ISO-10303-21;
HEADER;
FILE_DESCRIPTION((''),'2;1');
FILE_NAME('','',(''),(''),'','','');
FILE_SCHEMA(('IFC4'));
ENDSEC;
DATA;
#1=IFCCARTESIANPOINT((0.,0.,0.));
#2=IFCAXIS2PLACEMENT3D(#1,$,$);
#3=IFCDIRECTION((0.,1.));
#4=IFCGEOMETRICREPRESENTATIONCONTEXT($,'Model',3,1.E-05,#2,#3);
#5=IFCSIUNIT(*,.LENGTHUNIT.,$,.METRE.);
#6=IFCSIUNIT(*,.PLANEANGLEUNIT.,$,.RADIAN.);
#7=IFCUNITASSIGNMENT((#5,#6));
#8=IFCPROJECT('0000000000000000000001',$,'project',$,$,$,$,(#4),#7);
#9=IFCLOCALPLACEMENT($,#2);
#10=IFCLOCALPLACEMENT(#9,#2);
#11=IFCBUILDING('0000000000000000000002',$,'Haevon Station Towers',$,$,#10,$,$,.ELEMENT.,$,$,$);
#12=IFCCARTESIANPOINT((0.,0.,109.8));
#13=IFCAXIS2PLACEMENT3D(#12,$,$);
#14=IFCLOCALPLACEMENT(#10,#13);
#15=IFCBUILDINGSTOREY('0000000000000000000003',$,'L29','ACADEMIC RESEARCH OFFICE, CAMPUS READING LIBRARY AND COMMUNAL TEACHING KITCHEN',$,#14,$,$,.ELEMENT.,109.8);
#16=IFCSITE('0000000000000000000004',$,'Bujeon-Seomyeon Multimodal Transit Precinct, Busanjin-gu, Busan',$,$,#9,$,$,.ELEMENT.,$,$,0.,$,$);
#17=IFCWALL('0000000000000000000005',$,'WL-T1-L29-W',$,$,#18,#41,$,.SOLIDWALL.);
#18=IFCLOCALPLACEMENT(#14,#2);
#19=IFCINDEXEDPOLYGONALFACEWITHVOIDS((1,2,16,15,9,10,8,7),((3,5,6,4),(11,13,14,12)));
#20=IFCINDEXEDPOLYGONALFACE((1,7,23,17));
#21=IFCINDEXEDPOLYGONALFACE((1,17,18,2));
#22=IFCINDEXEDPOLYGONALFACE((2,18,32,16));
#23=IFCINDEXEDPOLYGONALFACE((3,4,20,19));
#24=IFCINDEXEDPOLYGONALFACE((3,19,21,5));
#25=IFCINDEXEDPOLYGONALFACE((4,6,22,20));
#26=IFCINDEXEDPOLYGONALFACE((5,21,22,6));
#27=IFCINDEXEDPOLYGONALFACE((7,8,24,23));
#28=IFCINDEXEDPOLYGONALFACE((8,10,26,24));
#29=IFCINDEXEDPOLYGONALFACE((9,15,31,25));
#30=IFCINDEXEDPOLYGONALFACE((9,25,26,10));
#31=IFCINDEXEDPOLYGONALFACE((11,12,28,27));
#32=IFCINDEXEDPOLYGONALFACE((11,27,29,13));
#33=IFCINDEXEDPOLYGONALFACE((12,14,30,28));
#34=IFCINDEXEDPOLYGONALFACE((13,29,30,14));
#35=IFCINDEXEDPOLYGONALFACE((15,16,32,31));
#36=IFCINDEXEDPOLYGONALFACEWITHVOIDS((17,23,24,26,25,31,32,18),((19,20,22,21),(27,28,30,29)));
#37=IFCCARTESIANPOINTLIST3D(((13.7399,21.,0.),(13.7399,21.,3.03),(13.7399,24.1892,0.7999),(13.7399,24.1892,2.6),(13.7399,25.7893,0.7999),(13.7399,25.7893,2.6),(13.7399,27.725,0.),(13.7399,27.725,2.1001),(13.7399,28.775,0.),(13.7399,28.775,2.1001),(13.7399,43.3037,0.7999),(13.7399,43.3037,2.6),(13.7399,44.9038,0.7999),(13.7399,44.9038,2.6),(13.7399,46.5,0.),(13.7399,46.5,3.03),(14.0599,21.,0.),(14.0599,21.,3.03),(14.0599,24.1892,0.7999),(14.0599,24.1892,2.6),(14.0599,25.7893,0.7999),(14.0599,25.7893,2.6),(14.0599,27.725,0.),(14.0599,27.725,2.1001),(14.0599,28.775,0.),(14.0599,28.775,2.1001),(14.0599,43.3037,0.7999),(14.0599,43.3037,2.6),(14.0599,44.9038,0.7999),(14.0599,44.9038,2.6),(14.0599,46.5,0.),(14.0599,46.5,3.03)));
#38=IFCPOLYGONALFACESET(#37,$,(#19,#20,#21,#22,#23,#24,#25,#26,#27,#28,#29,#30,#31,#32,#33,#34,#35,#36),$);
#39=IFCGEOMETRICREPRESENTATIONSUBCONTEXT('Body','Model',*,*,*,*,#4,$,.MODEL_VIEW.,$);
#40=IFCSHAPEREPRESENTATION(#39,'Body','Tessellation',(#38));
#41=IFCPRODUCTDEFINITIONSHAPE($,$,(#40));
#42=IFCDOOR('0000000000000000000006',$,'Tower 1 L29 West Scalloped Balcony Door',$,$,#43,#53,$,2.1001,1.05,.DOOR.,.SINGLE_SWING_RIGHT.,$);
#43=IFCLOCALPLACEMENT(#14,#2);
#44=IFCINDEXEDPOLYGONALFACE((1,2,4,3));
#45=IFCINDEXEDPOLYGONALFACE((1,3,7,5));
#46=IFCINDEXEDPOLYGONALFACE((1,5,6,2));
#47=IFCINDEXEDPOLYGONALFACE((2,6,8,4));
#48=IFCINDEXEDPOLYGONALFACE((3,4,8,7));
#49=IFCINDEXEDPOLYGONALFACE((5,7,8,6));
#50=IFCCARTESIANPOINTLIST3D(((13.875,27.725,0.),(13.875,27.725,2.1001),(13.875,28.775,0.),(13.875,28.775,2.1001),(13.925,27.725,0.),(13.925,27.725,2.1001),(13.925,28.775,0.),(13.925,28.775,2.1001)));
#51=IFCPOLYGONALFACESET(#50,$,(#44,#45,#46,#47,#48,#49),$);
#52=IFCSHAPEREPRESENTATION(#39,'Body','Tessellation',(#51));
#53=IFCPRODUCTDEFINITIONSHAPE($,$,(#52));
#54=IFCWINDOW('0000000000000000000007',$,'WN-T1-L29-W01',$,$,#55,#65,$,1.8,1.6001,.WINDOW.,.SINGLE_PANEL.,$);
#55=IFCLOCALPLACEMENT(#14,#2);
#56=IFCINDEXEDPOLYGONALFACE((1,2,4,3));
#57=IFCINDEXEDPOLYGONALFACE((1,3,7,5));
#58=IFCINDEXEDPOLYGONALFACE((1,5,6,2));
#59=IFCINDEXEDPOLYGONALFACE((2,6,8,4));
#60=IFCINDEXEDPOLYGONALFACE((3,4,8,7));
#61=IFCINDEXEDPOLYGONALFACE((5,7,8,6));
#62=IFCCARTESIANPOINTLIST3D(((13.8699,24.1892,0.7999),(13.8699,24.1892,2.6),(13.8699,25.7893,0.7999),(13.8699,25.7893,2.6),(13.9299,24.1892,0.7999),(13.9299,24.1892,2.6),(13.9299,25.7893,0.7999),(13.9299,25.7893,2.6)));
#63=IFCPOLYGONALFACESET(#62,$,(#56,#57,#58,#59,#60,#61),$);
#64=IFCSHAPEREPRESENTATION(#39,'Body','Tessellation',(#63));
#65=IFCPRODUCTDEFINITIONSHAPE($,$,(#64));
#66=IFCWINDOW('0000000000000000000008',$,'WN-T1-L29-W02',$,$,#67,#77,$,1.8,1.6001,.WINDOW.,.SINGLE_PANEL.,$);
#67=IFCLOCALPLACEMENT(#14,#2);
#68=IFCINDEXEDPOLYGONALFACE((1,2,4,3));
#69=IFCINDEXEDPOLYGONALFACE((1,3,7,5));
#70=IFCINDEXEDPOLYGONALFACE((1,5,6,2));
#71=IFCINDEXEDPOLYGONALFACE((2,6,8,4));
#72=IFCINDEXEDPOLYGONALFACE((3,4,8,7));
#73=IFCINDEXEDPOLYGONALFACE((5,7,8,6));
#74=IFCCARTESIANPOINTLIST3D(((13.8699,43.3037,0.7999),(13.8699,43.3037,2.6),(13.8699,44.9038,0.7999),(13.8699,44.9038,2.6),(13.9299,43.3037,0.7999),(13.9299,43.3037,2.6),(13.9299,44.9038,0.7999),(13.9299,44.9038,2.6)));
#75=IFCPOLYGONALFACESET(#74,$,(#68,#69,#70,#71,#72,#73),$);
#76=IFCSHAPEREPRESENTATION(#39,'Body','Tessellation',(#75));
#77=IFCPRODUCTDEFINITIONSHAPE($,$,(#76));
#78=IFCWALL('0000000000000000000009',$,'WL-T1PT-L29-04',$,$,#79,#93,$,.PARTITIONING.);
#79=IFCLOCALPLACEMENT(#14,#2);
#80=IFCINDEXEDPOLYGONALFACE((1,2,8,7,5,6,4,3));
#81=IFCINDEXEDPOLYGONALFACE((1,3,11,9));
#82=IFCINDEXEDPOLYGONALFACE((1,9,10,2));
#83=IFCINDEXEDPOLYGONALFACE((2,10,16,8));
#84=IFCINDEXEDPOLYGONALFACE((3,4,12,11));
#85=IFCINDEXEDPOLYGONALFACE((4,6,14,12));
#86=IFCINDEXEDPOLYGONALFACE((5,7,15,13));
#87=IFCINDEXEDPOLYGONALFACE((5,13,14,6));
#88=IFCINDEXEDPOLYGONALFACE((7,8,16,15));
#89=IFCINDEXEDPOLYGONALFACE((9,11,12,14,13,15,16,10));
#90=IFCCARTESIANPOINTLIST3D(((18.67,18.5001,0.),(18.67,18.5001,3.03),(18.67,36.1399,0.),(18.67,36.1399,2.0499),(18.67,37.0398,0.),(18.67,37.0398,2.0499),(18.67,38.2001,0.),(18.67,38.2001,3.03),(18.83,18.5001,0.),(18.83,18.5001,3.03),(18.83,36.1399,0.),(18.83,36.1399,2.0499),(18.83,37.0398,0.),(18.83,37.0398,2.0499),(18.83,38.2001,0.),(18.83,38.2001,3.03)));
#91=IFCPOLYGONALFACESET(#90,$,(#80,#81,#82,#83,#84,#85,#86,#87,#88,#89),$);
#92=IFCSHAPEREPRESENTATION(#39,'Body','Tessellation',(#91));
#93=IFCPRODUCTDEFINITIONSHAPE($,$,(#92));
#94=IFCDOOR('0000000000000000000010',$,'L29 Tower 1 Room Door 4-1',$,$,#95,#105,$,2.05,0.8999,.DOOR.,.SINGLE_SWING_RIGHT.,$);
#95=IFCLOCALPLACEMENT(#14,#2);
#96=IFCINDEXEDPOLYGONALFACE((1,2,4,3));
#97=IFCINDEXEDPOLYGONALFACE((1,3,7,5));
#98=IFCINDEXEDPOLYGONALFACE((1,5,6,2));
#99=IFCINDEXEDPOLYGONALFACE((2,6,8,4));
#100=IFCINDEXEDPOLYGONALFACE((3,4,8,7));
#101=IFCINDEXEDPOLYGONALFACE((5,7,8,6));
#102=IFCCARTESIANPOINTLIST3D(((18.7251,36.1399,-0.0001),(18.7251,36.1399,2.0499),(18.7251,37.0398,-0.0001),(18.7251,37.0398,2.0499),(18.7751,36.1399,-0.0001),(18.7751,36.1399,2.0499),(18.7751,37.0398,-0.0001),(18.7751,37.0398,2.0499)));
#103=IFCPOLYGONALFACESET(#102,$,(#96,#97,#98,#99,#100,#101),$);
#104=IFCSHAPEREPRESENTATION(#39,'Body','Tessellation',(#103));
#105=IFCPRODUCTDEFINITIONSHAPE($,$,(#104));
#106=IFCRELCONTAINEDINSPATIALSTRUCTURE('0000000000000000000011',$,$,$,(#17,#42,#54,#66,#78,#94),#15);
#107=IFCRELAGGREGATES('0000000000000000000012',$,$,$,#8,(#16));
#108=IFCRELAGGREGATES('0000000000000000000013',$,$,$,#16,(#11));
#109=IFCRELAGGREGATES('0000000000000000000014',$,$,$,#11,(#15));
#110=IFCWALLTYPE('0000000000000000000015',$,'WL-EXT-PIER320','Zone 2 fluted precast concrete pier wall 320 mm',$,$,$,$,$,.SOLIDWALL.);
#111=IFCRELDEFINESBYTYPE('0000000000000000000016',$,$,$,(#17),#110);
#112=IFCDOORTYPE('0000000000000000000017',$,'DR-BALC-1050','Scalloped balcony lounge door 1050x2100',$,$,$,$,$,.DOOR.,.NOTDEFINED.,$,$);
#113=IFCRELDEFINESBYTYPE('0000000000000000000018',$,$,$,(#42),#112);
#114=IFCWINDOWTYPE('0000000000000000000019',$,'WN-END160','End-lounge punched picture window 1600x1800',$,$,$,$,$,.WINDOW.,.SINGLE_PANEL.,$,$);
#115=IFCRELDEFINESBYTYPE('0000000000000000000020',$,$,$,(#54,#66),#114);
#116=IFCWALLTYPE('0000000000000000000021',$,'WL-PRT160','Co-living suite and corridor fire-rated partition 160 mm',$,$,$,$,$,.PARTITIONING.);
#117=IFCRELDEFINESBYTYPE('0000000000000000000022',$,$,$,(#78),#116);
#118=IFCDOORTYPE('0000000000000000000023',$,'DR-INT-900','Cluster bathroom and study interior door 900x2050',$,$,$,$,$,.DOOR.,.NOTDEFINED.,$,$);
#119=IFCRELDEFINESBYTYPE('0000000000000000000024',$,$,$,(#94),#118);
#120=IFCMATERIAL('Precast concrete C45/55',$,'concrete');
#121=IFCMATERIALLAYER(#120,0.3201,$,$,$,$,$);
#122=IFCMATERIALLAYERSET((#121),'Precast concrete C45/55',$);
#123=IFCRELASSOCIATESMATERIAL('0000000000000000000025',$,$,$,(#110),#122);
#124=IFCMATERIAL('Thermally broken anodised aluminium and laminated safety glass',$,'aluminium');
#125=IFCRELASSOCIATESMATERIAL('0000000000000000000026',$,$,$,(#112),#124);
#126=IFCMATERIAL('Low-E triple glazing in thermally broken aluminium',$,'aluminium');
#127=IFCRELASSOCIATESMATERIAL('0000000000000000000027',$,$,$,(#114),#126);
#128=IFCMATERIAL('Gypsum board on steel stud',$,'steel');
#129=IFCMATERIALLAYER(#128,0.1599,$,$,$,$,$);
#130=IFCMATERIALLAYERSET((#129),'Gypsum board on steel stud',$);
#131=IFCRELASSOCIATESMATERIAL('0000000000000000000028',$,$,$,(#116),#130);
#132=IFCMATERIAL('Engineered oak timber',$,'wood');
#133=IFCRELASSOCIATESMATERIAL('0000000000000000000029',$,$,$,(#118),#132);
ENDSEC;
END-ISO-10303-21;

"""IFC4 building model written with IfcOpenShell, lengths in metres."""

from ifc_helpers import new_model, si_unit, direction, frame, frame_2d, origin, place, context, subcontext, project, spatial, rectangle, extrude, material, layer, layer_set, type_object, element, fill, save


model = new_model("IFC4")

# Units and contexts
model_context = context("Model", 3, precision=1e-05, world=origin(), true_north=direction((0.0, 1.0)))
body_context = subcontext(model_context, "Body", "Model", "MODEL_VIEW")
ifc_project = project(units=[si_unit("LENGTHUNIT", "METRE"), si_unit("PLANEANGLEUNIT", "RADIAN")], contexts=[model_context])

# Site, building, storey
site_placement = place(None, origin())
site = spatial("IfcSite", under=ifc_project, at=site_placement, Name="Bujeon-Seomyeon Multimodal Transit Precinct, Busanjin-gu, Busan", CompositionType="ELEMENT", RefElevation=0.0)
building_placement = place(site_placement, origin())
building = spatial("IfcBuilding", under=site, at=building_placement, Name="Haevon Station Towers", CompositionType="ELEMENT")
storey_placement = place(building_placement, frame((0.0, 0.0, 109.8)))
storey = spatial("IfcBuildingStorey", under=building, at=storey_placement, Name="L29", Description="ACADEMIC RESEARCH OFFICE, CAMPUS READING LIBRARY AND COMMUNAL TEACHING KITCHEN", CompositionType="ELEMENT", Elevation=109.8)

# Shared definitions
ifc_material_1 = material(Name="Gypsum board on steel stud", Category="steel")
ifc_material_2 = material(Name="Precast concrete C45/55", Category="concrete")
ifc_layer_1 = layer(ifc_material_2, 0.3201)
ifc_layer_set_1 = layer_set([ifc_layer_1], Name="Precast concrete C45/55")
wall_type_1 = type_object("IfcWallType", Name="WL-EXT-PIER320", Description="Zone 2 fluted precast concrete pier wall 320 mm", PredefinedType="SOLIDWALL", material=ifc_layer_set_1)

# Wall, openings, door, windows
wall_1_placement = place(storey_placement, frame((13.8999, 21.0, 0.0), z_axis=(0.0, 0.0, 1.0), x_axis=(0.0, 1.0, 0.0)))
wall_1 = element("IfcWall", 1, at=wall_1_placement, inside=storey, type_object=wall_type_1, Name="WL-T1-L29-W", PredefinedType="SOLIDWALL", context=body_context, shape_type="SweptSolid", body=[
    extrude(rectangle(XDim=25.5, YDim=0.3201, at=frame_2d((12.75, 0.0))), origin(), (0.0, 0.0, 1.0), 3.03),
])
opening_1_placement = place(wall_1_placement, frame((6.7251, 0.0, 0.0)))
opening_1 = element("IfcOpeningElement", 2, at=opening_1_placement, cuts=wall_1, PredefinedType="OPENING", context=body_context, shape_type="SweptSolid", body=[
    extrude(rectangle(XDim=1.05, YDim=2.1001, at=frame_2d((0.5249, 1.05))), frame((0.0, 0.1699, 0.0), z_axis=(0.0, -1.0, 0.0), x_axis=(1.0, 0.0, 0.0)), (0.0, 0.0, 1.0), 0.3401),
])
opening_2_placement = place(wall_1_placement, frame((3.1892, 0.0, 0.8)))
opening_2 = element("IfcOpeningElement", 3, at=opening_2_placement, cuts=wall_1, PredefinedType="OPENING", context=body_context, shape_type="SweptSolid", body=[
    extrude(rectangle(XDim=1.6001, YDim=1.8, at=frame_2d((0.8, 0.8999))), frame((0.0, 0.1699, 0.0), z_axis=(0.0, -1.0, 0.0), x_axis=(1.0, 0.0, 0.0)), (0.0, 0.0, 1.0), 0.3401),
])
opening_3_placement = place(wall_1_placement, frame((22.3037, 0.0, 0.8)))
opening_3 = element("IfcOpeningElement", 4, at=opening_3_placement, cuts=wall_1, PredefinedType="OPENING", context=body_context, shape_type="SweptSolid", body=[
    extrude(rectangle(XDim=1.6001, YDim=1.8, at=frame_2d((0.8, 0.8999))), frame((0.0, 0.1699, 0.0), z_axis=(0.0, -1.0, 0.0), x_axis=(1.0, 0.0, 0.0)), (0.0, 0.0, 1.0), 0.3401),
])
ifc_material_3 = material(Name="Thermally broken anodised aluminium and laminated safety glass", Category="aluminium")
door_type_1 = type_object("IfcDoorType", Name="DR-BALC-1050", Description="Scalloped balcony lounge door 1050x2100", OperationType="NOTDEFINED", PredefinedType="DOOR", material=ifc_material_3)
door_1_placement = place(opening_1_placement, origin())
door_1 = element("IfcDoor", 5, at=door_1_placement, inside=storey, type_object=door_type_1, Name="Tower 1 L29 West Scalloped Balcony Door", OperationType="SINGLE_SWING_RIGHT", OverallHeight=2.1001, OverallWidth=1.05, PredefinedType="DOOR", context=body_context, shape_type="SweptSolid", body=[
    extrude(rectangle(XDim=1.05, YDim=2.1001, at=frame_2d((0.5249, 1.05))), frame((0.0, 0.0249, 0.0), z_axis=(0.0, -1.0, 0.0), x_axis=(1.0, 0.0, 0.0)), (0.0, 0.0, 1.0), 0.05),
])
fill(opening_1, door_1)
ifc_material_4 = material(Name="Low-E triple glazing in thermally broken aluminium", Category="aluminium")
window_type = type_object("IfcWindowType", Name="WN-END160", Description="End-lounge punched picture window 1600x1800", PartitioningType="SINGLE_PANEL", PredefinedType="WINDOW", material=ifc_material_4)
window_1_placement = place(opening_2_placement, origin())
window_1 = element("IfcWindow", 6, at=window_1_placement, inside=storey, type_object=window_type, Name="WN-T1-L29-W01", OverallHeight=1.8, OverallWidth=1.6001, PartitioningType="SINGLE_PANEL", PredefinedType="WINDOW", context=body_context, shape_type="SweptSolid", body=[
    extrude(rectangle(XDim=1.6001, YDim=1.8, at=frame_2d((0.8, 0.8999))), frame((0.0, 0.03, 0.0), z_axis=(0.0, -1.0, 0.0), x_axis=(1.0, 0.0, 0.0)), (0.0, 0.0, 1.0), 0.0601),
])
fill(opening_2, window_1)
window_2_placement = place(opening_3_placement, origin())
window_2 = element("IfcWindow", 7, at=window_2_placement, inside=storey, type_object=window_type, Name="WN-T1-L29-W02", OverallHeight=1.8, OverallWidth=1.6001, PartitioningType="SINGLE_PANEL", PredefinedType="WINDOW", context=body_context, shape_type="SweptSolid", body=[
    extrude(rectangle(XDim=1.6001, YDim=1.8, at=frame_2d((0.8, 0.8999))), frame((0.0, 0.03, 0.0), z_axis=(0.0, -1.0, 0.0), x_axis=(1.0, 0.0, 0.0)), (0.0, 0.0, 1.0), 0.0601),
])
fill(opening_3, window_2)

# Wall, opening, door
ifc_layer_2 = layer(ifc_material_1, 0.1599)
ifc_layer_set_2 = layer_set([ifc_layer_2], Name="Gypsum board on steel stud")
wall_type_2 = type_object("IfcWallType", Name="WL-PRT160", Description="Co-living suite and corridor fire-rated partition 160 mm", PredefinedType="PARTITIONING", material=ifc_layer_set_2)
wall_2_placement = place(storey_placement, frame((18.75, 18.5, 0.0), z_axis=(0.0, 0.0, 1.0), x_axis=(0.0, 1.0, 0.0)))
wall_2 = element("IfcWall", 8, at=wall_2_placement, inside=storey, type_object=wall_type_2, Name="WL-T1PT-L29-04", PredefinedType="PARTITIONING", context=body_context, shape_type="SweptSolid", body=[
    extrude(rectangle(XDim=19.7, YDim=0.1599, at=frame_2d((9.8501, 0.0))), origin(), (0.0, 0.0, 1.0), 3.03),
])
opening_4_placement = place(wall_2_placement, frame((17.6399, 0.0, 0.0)))
opening_4 = element("IfcOpeningElement", 9, at=opening_4_placement, cuts=wall_2, PredefinedType="OPENING", context=body_context, shape_type="SweptSolid", body=[
    extrude(rectangle(XDim=0.8999, YDim=2.05, at=frame_2d((0.45, 1.0249))), frame((0.0, 0.0898, 0.0), z_axis=(0.0, -1.0, 0.0), x_axis=(1.0, 0.0, 0.0)), (0.0, 0.0, 1.0), 0.1799),
])
ifc_material_5 = material(Name="Engineered oak timber", Category="wood")
door_type_2 = type_object("IfcDoorType", Name="DR-INT-900", Description="Cluster bathroom and study interior door 900x2050", OperationType="NOTDEFINED", PredefinedType="DOOR", material=ifc_material_5)
door_2_placement = place(opening_4_placement, origin())
door_2 = element("IfcDoor", 10, at=door_2_placement, inside=storey, type_object=door_type_2, Name="L29 Tower 1 Room Door 4-1", OperationType="SINGLE_SWING_RIGHT", OverallHeight=2.05, OverallWidth=0.8999, PredefinedType="DOOR", context=body_context, shape_type="SweptSolid", body=[
    extrude(rectangle(XDim=0.8999, YDim=2.05, at=frame_2d((0.45, 1.0249))), frame((0.0, 0.0249, 0.0), z_axis=(0.0, -1.0, 0.0), x_axis=(1.0, 0.0, 0.0)), (0.0, 0.0, 1.0), 0.05),
])
fill(opening_4, door_2)

save(model, "model.ifc")
